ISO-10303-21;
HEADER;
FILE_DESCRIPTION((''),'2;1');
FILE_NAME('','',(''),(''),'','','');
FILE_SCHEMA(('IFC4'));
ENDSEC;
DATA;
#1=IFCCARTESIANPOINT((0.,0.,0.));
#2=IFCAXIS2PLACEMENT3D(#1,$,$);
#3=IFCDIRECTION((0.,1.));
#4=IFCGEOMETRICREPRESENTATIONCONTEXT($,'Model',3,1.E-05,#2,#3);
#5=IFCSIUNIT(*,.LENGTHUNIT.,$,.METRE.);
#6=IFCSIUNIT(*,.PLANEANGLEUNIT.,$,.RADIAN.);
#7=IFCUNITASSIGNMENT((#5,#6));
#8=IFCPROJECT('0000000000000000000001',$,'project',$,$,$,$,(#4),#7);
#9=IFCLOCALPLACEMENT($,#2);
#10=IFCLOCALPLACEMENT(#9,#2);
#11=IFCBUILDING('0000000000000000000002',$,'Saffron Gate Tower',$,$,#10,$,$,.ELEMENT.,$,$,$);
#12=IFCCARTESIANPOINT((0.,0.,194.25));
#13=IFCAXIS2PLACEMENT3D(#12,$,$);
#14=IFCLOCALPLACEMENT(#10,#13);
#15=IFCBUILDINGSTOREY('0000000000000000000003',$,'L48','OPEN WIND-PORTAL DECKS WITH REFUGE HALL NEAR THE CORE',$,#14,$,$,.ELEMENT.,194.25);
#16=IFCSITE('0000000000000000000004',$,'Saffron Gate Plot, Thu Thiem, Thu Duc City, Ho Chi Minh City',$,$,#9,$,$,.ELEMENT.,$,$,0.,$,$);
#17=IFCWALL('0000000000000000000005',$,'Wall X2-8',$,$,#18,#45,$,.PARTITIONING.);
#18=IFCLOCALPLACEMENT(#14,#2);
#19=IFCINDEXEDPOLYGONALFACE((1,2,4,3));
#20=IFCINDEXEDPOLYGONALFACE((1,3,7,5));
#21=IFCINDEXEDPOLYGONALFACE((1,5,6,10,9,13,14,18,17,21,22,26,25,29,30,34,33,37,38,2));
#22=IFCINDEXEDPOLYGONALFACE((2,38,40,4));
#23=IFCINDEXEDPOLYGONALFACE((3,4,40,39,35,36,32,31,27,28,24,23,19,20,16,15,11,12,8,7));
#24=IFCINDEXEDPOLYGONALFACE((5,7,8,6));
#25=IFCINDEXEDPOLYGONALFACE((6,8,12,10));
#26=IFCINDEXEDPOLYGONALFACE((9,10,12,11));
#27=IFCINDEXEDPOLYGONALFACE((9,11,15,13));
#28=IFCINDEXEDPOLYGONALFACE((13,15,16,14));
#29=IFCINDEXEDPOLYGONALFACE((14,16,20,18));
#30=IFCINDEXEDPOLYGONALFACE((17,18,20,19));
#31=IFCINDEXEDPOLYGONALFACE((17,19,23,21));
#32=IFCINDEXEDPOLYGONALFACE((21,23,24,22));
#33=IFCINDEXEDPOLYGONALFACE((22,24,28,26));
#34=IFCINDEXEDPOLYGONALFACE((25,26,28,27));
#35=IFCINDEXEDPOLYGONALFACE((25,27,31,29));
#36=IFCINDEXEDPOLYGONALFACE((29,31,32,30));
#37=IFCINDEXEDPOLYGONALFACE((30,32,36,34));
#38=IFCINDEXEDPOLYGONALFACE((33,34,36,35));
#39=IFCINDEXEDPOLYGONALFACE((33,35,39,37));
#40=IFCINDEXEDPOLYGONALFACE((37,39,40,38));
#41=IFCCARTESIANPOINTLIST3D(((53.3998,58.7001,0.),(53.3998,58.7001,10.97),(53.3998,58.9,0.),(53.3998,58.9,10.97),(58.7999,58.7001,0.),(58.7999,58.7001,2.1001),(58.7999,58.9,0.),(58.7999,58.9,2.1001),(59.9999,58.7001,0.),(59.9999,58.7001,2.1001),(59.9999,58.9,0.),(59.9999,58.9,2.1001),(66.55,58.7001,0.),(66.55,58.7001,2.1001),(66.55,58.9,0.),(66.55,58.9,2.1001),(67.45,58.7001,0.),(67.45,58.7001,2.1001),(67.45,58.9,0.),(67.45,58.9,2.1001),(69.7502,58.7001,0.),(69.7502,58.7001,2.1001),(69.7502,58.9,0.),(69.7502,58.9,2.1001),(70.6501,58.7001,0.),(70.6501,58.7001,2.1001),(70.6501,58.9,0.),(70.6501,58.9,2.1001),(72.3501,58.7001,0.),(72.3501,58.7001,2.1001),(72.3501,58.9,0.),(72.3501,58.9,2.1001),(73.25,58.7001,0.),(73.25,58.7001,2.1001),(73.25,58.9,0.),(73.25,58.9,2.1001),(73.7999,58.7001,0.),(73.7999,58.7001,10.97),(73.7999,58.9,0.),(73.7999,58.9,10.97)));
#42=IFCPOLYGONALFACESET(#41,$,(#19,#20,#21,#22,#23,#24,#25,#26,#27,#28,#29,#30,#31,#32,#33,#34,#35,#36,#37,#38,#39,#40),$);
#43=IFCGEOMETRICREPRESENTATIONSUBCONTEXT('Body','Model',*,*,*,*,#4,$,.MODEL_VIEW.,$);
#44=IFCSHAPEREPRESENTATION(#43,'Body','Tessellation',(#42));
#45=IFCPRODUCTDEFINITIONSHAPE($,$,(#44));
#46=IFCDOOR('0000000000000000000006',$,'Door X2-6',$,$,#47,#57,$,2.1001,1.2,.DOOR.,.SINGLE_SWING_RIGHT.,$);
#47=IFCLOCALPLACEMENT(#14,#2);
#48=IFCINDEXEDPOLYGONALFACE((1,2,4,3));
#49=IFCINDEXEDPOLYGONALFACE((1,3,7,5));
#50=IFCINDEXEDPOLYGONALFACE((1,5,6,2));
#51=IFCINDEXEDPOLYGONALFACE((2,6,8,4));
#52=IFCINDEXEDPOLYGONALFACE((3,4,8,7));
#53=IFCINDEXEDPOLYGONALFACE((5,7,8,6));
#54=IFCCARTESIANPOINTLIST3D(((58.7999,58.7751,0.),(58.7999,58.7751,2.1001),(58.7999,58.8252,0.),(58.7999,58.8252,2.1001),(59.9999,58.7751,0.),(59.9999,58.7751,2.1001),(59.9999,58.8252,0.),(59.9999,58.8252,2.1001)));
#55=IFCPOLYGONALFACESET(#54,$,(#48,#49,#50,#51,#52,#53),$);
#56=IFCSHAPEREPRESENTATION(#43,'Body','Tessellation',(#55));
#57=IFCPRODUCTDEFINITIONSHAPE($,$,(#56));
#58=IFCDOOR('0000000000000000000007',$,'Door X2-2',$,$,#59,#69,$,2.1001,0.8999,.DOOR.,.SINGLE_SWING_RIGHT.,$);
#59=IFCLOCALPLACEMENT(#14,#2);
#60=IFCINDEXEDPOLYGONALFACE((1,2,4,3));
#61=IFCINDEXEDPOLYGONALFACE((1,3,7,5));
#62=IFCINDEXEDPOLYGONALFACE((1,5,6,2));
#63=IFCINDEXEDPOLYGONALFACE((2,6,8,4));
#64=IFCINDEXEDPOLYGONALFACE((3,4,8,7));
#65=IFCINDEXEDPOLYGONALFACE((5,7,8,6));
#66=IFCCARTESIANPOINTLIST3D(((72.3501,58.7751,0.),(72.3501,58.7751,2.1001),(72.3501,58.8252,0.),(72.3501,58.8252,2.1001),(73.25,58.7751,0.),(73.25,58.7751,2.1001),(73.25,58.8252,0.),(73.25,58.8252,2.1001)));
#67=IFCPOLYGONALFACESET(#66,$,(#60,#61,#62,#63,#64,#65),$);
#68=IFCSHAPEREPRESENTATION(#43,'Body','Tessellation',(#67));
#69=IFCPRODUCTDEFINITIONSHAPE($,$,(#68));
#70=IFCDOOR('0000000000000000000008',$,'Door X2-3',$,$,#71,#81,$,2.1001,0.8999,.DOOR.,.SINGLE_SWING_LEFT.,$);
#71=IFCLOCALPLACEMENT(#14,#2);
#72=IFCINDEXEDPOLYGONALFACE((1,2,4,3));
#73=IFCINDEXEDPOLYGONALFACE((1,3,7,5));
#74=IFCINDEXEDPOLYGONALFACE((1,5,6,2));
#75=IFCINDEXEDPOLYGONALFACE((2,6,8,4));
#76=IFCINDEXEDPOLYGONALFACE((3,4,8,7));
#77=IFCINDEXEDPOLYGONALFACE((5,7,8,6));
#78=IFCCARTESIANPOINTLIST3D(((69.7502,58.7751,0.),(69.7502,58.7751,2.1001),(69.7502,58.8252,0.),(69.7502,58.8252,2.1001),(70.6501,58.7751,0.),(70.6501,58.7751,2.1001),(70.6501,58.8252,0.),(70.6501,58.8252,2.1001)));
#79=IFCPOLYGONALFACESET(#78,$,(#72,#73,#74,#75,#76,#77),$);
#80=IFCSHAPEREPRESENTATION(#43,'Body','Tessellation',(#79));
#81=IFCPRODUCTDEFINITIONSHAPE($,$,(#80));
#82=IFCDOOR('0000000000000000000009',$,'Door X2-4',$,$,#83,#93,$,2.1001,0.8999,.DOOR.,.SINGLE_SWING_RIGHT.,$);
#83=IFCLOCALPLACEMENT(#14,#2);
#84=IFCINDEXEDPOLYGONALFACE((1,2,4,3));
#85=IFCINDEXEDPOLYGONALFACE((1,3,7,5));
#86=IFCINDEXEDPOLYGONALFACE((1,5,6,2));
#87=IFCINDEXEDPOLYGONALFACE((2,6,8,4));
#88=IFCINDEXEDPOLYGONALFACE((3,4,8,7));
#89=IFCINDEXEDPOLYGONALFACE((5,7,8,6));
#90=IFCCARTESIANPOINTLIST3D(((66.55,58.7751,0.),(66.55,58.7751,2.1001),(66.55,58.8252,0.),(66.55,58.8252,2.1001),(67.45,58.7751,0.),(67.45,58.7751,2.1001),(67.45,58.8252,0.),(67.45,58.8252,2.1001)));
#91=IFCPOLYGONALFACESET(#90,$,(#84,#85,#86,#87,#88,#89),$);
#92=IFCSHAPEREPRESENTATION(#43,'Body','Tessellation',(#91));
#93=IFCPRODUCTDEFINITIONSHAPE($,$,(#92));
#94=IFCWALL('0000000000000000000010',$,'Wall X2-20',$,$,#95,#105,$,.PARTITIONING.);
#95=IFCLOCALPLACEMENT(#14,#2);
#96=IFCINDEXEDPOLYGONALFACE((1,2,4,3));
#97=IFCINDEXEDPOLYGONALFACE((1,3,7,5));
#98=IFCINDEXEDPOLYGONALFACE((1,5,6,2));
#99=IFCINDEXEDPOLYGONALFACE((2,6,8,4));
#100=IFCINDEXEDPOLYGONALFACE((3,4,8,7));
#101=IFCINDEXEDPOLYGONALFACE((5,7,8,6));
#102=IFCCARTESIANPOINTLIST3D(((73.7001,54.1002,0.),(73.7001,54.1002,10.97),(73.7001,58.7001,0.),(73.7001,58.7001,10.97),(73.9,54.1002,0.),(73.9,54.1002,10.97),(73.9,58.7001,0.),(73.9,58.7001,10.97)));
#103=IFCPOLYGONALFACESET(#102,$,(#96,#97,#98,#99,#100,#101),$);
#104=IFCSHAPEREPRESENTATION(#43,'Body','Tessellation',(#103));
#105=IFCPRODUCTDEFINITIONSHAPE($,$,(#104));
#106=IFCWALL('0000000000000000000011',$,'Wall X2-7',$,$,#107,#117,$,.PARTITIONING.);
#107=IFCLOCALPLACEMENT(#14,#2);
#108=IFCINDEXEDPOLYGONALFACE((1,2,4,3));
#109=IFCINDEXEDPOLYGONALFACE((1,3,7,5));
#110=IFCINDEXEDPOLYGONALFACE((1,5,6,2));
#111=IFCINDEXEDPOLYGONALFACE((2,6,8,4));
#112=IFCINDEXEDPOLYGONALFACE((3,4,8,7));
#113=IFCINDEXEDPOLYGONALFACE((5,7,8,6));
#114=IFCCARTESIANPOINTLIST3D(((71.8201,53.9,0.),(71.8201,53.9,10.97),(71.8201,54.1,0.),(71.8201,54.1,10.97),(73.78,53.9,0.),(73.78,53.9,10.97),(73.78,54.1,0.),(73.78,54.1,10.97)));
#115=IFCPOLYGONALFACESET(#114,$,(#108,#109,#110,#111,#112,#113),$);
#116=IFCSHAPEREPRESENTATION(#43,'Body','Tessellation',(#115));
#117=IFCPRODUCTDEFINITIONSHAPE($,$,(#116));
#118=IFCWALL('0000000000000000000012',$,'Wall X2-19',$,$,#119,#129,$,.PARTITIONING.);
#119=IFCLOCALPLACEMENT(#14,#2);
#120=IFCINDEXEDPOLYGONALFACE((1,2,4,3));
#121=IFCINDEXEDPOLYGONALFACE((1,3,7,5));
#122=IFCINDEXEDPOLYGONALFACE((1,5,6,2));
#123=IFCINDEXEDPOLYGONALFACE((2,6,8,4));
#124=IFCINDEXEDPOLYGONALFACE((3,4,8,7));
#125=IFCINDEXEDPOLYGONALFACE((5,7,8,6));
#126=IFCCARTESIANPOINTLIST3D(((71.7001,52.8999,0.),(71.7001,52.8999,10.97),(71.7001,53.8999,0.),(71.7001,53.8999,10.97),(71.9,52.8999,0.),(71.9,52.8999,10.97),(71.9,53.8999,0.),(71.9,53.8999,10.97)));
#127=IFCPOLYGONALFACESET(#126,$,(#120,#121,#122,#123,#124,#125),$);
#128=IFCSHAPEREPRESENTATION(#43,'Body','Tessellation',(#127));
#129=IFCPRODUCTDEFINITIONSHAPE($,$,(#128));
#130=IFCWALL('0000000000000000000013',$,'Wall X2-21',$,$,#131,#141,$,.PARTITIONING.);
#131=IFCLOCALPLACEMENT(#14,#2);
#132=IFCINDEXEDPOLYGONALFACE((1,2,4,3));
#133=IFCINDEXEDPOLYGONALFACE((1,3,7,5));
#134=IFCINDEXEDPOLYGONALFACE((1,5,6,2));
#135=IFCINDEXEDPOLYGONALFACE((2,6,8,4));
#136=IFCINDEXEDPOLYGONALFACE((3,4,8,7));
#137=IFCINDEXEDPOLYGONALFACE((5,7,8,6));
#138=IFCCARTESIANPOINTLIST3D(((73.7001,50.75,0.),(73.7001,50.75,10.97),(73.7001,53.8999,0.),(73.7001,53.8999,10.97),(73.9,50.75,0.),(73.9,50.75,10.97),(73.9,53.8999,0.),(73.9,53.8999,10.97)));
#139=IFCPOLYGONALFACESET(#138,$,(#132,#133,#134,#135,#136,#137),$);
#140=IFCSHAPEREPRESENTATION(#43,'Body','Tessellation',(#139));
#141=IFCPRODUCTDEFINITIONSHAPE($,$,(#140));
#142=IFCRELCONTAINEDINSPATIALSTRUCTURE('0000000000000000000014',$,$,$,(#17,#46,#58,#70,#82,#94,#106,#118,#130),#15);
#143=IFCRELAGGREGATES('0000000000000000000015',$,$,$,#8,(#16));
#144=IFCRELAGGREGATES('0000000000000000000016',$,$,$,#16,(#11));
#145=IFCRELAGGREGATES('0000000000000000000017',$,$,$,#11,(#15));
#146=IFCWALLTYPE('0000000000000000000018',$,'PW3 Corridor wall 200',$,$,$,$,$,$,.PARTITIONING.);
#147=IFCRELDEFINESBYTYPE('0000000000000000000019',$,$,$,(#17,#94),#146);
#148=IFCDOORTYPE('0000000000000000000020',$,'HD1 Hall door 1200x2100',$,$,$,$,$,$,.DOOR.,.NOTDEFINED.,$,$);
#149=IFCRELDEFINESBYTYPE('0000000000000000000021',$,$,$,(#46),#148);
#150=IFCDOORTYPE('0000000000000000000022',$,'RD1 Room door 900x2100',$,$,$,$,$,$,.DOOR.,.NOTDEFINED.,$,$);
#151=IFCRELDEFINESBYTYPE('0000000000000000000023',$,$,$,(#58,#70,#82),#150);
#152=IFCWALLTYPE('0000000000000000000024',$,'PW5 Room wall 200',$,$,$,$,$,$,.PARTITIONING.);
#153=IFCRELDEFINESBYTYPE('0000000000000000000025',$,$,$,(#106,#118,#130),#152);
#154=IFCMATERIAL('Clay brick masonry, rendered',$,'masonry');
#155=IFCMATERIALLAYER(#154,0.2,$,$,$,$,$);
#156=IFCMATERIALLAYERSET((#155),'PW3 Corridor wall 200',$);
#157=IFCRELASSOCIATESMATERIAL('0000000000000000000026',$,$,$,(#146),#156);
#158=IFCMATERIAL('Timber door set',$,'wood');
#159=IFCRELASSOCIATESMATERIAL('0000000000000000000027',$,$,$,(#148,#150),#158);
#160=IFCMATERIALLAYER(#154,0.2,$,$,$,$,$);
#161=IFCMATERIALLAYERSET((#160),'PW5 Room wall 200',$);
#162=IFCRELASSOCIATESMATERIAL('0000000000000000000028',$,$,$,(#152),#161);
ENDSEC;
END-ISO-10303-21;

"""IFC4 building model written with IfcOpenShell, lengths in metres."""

from ifc_helpers import new_model, si_unit, direction, frame, frame_2d, origin, place, context, subcontext, project, spatial, rectangle, extrude, material, layer, layer_set, type_object, element, fill, save


model = new_model("IFC4")

# Units and contexts
model_context = context("Model", 3, precision=1e-05, world=origin(), true_north=direction((0.0, 1.0)))
body_context = subcontext(model_context, "Body", "Model", "MODEL_VIEW")
ifc_project = project(units=[si_unit("LENGTHUNIT", "METRE"), si_unit("PLANEANGLEUNIT", "RADIAN")], contexts=[model_context])

# Site, building, storey
site_placement = place(None, origin())
site = spatial("IfcSite", under=ifc_project, at=site_placement, Name="Saffron Gate Plot, Thu Thiem, Thu Duc City, Ho Chi Minh City", CompositionType="ELEMENT", RefElevation=0.0)
building_placement = place(site_placement, origin())
building = spatial("IfcBuilding", under=site, at=building_placement, Name="Saffron Gate Tower", CompositionType="ELEMENT")
storey_placement = place(building_placement, frame((0.0, 0.0, 194.25)))
storey = spatial("IfcBuildingStorey", under=building, at=storey_placement, Name="L48", Description="OPEN WIND-PORTAL DECKS WITH REFUGE HALL NEAR THE CORE", CompositionType="ELEMENT", Elevation=194.25)

# Shared definitions
ifc_material_1 = material(Name="Clay brick masonry, rendered", Category="masonry")

# Wall, openings, doors
ifc_layer_1 = layer(ifc_material_1, 0.2)
ifc_layer_set_1 = layer_set([ifc_layer_1], Name="PW3 Corridor wall 200")
wall_type_1 = type_object("IfcWallType", Name="PW3 Corridor wall 200", PredefinedType="PARTITIONING", material=ifc_layer_set_1)
wall_1_placement = place(storey_placement, frame((73.8, 58.8, 0.0), z_axis=(0.0, 0.0, 1.0), x_axis=(-1.0, 0.0, 0.0)))
wall_1 = element("IfcWall", 1, at=wall_1_placement, inside=storey, type_object=wall_type_1, Name="Wall X2-8", PredefinedType="PARTITIONING", context=body_context, shape_type="SweptSolid", body=[
    extrude(rectangle(XDim=20.4001, YDim=0.2, at=frame_2d((10.2002, 0.0))), origin(), (0.0, 0.0, 1.0), 10.97),
])
opening_1_placement = place(wall_1_placement, frame((0.55, 0.0, 0.0)))
opening_1 = element("IfcOpeningElement", 2, at=opening_1_placement, cuts=wall_1, PredefinedType="OPENING", context=body_context, shape_type="SweptSolid", body=[
    extrude(rectangle(XDim=0.8999, YDim=2.1001, at=frame_2d((0.45, 1.05))), frame((0.0, 0.1099, 0.0), z_axis=(0.0, -1.0, 0.0), x_axis=(1.0, 0.0, 0.0)), (0.0, 0.0, 1.0), 0.22),
])
opening_2_placement = place(wall_1_placement, frame((3.1499, 0.0, 0.0)))
opening_2 = element("IfcOpeningElement", 3, at=opening_2_placement, cuts=wall_1, PredefinedType="OPENING", context=body_context, shape_type="SweptSolid", body=[
    extrude(rectangle(XDim=0.8999, YDim=2.1001, at=frame_2d((0.45, 1.05))), frame((0.0, 0.1099, 0.0), z_axis=(0.0, -1.0, 0.0), x_axis=(1.0, 0.0, 0.0)), (0.0, 0.0, 1.0), 0.22),
])
opening_3_placement = place(wall_1_placement, frame((6.3501, 0.0, 0.0)))
opening_3 = element("IfcOpeningElement", 4, at=opening_3_placement, cuts=wall_1, PredefinedType="OPENING", context=body_context, shape_type="SweptSolid", body=[
    extrude(rectangle(XDim=0.8999, YDim=2.1001, at=frame_2d((0.45, 1.05))), frame((0.0, 0.1099, 0.0), z_axis=(0.0, -1.0, 0.0), x_axis=(1.0, 0.0, 0.0)), (0.0, 0.0, 1.0), 0.22),
])
opening_4_placement = place(wall_1_placement, frame((13.8, 0.0, 0.0)))
opening_4 = element("IfcOpeningElement", 5, at=opening_4_placement, cuts=wall_1, PredefinedType="OPENING", context=body_context, shape_type="SweptSolid", body=[
    extrude(rectangle(XDim=1.2, YDim=2.1001, at=frame_2d((0.6001, 1.05))), frame((0.0, 0.1099, 0.0), z_axis=(0.0, -1.0, 0.0), x_axis=(1.0, 0.0, 0.0)), (0.0, 0.0, 1.0), 0.22),
])
ifc_material_2 = material(Name="Timber door set", Category="wood")
door_type_1 = type_object("IfcDoorType", Name="HD1 Hall door 1200x2100", OperationType="NOTDEFINED", PredefinedType="DOOR", material=ifc_material_2)
door_1_placement = place(opening_4_placement, origin())
door_1 = element("IfcDoor", 6, at=door_1_placement, inside=storey, type_object=door_type_1, Name="Door X2-6", OperationType="SINGLE_SWING_RIGHT", OverallHeight=2.1001, OverallWidth=1.2, PredefinedType="DOOR", context=body_context, shape_type="SweptSolid", body=[
    extrude(rectangle(XDim=1.2, YDim=2.1001, at=frame_2d((0.6001, 1.05))), frame((0.0, 0.0249, 0.0), z_axis=(0.0, -1.0, 0.0), x_axis=(1.0, 0.0, 0.0)), (0.0, 0.0, 1.0), 0.05),
])
fill(opening_4, door_1)
door_type_2 = type_object("IfcDoorType", Name="RD1 Room door 900x2100", OperationType="NOTDEFINED", PredefinedType="DOOR", material=ifc_material_2)
door_2_placement = place(opening_1_placement, origin())
door_2 = element("IfcDoor", 7, at=door_2_placement, inside=storey, type_object=door_type_2, Name="Door X2-2", OperationType="SINGLE_SWING_RIGHT", OverallHeight=2.1001, OverallWidth=0.8999, PredefinedType="DOOR", context=body_context, shape_type="SweptSolid", body=[
    extrude(rectangle(XDim=0.8999, YDim=2.1001, at=frame_2d((0.45, 1.05))), frame((0.0, 0.0249, 0.0), z_axis=(0.0, -1.0, 0.0), x_axis=(1.0, 0.0, 0.0)), (0.0, 0.0, 1.0), 0.05),
])
fill(opening_1, door_2)
door_3_placement = place(opening_2_placement, origin())
door_3 = element("IfcDoor", 8, at=door_3_placement, inside=storey, type_object=door_type_2, Name="Door X2-3", OperationType="SINGLE_SWING_LEFT", OverallHeight=2.1001, OverallWidth=0.8999, PredefinedType="DOOR", context=body_context, shape_type="SweptSolid", body=[
    extrude(rectangle(XDim=0.8999, YDim=2.1001, at=frame_2d((0.45, 1.05))), frame((0.0, 0.0249, 0.0), z_axis=(0.0, -1.0, 0.0), x_axis=(1.0, 0.0, 0.0)), (0.0, 0.0, 1.0), 0.05),
])
fill(opening_2, door_3)
door_4_placement = place(opening_3_placement, origin())
door_4 = element("IfcDoor", 9, at=door_4_placement, inside=storey, type_object=door_type_2, Name="Door X2-4", OperationType="SINGLE_SWING_RIGHT", OverallHeight=2.1001, OverallWidth=0.8999, PredefinedType="DOOR", context=body_context, shape_type="SweptSolid", body=[
    extrude(rectangle(XDim=0.8999, YDim=2.1001, at=frame_2d((0.45, 1.05))), frame((0.0, 0.0249, 0.0), z_axis=(0.0, -1.0, 0.0), x_axis=(1.0, 0.0, 0.0)), (0.0, 0.0, 1.0), 0.05),
])
fill(opening_3, door_4)

# Walls
wall_2_placement = place(storey_placement, frame((73.8, 58.7, 0.0), z_axis=(0.0, 0.0, 1.0), x_axis=(0.0, -1.0, 0.0)))
element("IfcWall", 10, at=wall_2_placement, inside=storey, type_object=wall_type_1, Name="Wall X2-20", PredefinedType="PARTITIONING", context=body_context, shape_type="SweptSolid", body=[
    extrude(rectangle(XDim=4.5999, YDim=0.2, at=frame_2d((2.2998, 0.0))), origin(), (0.0, 0.0, 1.0), 10.97),
])
ifc_layer_2 = layer(ifc_material_1, 0.2)
ifc_layer_set_2 = layer_set([ifc_layer_2], Name="PW5 Room wall 200")
wall_type_2 = type_object("IfcWallType", Name="PW5 Room wall 200", PredefinedType="PARTITIONING", material=ifc_layer_set_2)
wall_3_placement = place(storey_placement, frame((71.8201, 54.0, 0.0), z_axis=(0.0, 0.0, 1.0), x_axis=(1.0, 0.0, 0.0)))
element("IfcWall", 11, at=wall_3_placement, inside=storey, type_object=wall_type_2, Name="Wall X2-7", PredefinedType="PARTITIONING", context=body_context, shape_type="SweptSolid", body=[
    extrude(rectangle(XDim=1.96, YDim=0.2, at=frame_2d((0.98, 0.0))), origin(), (0.0, 0.0, 1.0), 10.97),
])
wall_4_placement = place(storey_placement, frame((71.8, 53.8999, 0.0), z_axis=(0.0, 0.0, 1.0), x_axis=(0.0, -1.0, 0.0)))
element("IfcWall", 12, at=wall_4_placement, inside=storey, type_object=wall_type_2, Name="Wall X2-19", PredefinedType="PARTITIONING", context=body_context, shape_type="SweptSolid", body=[
    extrude(rectangle(XDim=1.0, YDim=0.2, at=frame_2d((0.5, 0.0))), origin(), (0.0, 0.0, 1.0), 10.97),
])
wall_5_placement = place(storey_placement, frame((73.8, 53.8999, 0.0), z_axis=(0.0, 0.0, 1.0), x_axis=(0.0, -1.0, 0.0)))
element("IfcWall", 13, at=wall_5_placement, inside=storey, type_object=wall_type_2, Name="Wall X2-21", PredefinedType="PARTITIONING", context=body_context, shape_type="SweptSolid", body=[
    extrude(rectangle(XDim=3.1499, YDim=0.2, at=frame_2d((1.575, 0.0))), origin(), (0.0, 0.0, 1.0), 10.97),
])

save(model, "model.ifc")
